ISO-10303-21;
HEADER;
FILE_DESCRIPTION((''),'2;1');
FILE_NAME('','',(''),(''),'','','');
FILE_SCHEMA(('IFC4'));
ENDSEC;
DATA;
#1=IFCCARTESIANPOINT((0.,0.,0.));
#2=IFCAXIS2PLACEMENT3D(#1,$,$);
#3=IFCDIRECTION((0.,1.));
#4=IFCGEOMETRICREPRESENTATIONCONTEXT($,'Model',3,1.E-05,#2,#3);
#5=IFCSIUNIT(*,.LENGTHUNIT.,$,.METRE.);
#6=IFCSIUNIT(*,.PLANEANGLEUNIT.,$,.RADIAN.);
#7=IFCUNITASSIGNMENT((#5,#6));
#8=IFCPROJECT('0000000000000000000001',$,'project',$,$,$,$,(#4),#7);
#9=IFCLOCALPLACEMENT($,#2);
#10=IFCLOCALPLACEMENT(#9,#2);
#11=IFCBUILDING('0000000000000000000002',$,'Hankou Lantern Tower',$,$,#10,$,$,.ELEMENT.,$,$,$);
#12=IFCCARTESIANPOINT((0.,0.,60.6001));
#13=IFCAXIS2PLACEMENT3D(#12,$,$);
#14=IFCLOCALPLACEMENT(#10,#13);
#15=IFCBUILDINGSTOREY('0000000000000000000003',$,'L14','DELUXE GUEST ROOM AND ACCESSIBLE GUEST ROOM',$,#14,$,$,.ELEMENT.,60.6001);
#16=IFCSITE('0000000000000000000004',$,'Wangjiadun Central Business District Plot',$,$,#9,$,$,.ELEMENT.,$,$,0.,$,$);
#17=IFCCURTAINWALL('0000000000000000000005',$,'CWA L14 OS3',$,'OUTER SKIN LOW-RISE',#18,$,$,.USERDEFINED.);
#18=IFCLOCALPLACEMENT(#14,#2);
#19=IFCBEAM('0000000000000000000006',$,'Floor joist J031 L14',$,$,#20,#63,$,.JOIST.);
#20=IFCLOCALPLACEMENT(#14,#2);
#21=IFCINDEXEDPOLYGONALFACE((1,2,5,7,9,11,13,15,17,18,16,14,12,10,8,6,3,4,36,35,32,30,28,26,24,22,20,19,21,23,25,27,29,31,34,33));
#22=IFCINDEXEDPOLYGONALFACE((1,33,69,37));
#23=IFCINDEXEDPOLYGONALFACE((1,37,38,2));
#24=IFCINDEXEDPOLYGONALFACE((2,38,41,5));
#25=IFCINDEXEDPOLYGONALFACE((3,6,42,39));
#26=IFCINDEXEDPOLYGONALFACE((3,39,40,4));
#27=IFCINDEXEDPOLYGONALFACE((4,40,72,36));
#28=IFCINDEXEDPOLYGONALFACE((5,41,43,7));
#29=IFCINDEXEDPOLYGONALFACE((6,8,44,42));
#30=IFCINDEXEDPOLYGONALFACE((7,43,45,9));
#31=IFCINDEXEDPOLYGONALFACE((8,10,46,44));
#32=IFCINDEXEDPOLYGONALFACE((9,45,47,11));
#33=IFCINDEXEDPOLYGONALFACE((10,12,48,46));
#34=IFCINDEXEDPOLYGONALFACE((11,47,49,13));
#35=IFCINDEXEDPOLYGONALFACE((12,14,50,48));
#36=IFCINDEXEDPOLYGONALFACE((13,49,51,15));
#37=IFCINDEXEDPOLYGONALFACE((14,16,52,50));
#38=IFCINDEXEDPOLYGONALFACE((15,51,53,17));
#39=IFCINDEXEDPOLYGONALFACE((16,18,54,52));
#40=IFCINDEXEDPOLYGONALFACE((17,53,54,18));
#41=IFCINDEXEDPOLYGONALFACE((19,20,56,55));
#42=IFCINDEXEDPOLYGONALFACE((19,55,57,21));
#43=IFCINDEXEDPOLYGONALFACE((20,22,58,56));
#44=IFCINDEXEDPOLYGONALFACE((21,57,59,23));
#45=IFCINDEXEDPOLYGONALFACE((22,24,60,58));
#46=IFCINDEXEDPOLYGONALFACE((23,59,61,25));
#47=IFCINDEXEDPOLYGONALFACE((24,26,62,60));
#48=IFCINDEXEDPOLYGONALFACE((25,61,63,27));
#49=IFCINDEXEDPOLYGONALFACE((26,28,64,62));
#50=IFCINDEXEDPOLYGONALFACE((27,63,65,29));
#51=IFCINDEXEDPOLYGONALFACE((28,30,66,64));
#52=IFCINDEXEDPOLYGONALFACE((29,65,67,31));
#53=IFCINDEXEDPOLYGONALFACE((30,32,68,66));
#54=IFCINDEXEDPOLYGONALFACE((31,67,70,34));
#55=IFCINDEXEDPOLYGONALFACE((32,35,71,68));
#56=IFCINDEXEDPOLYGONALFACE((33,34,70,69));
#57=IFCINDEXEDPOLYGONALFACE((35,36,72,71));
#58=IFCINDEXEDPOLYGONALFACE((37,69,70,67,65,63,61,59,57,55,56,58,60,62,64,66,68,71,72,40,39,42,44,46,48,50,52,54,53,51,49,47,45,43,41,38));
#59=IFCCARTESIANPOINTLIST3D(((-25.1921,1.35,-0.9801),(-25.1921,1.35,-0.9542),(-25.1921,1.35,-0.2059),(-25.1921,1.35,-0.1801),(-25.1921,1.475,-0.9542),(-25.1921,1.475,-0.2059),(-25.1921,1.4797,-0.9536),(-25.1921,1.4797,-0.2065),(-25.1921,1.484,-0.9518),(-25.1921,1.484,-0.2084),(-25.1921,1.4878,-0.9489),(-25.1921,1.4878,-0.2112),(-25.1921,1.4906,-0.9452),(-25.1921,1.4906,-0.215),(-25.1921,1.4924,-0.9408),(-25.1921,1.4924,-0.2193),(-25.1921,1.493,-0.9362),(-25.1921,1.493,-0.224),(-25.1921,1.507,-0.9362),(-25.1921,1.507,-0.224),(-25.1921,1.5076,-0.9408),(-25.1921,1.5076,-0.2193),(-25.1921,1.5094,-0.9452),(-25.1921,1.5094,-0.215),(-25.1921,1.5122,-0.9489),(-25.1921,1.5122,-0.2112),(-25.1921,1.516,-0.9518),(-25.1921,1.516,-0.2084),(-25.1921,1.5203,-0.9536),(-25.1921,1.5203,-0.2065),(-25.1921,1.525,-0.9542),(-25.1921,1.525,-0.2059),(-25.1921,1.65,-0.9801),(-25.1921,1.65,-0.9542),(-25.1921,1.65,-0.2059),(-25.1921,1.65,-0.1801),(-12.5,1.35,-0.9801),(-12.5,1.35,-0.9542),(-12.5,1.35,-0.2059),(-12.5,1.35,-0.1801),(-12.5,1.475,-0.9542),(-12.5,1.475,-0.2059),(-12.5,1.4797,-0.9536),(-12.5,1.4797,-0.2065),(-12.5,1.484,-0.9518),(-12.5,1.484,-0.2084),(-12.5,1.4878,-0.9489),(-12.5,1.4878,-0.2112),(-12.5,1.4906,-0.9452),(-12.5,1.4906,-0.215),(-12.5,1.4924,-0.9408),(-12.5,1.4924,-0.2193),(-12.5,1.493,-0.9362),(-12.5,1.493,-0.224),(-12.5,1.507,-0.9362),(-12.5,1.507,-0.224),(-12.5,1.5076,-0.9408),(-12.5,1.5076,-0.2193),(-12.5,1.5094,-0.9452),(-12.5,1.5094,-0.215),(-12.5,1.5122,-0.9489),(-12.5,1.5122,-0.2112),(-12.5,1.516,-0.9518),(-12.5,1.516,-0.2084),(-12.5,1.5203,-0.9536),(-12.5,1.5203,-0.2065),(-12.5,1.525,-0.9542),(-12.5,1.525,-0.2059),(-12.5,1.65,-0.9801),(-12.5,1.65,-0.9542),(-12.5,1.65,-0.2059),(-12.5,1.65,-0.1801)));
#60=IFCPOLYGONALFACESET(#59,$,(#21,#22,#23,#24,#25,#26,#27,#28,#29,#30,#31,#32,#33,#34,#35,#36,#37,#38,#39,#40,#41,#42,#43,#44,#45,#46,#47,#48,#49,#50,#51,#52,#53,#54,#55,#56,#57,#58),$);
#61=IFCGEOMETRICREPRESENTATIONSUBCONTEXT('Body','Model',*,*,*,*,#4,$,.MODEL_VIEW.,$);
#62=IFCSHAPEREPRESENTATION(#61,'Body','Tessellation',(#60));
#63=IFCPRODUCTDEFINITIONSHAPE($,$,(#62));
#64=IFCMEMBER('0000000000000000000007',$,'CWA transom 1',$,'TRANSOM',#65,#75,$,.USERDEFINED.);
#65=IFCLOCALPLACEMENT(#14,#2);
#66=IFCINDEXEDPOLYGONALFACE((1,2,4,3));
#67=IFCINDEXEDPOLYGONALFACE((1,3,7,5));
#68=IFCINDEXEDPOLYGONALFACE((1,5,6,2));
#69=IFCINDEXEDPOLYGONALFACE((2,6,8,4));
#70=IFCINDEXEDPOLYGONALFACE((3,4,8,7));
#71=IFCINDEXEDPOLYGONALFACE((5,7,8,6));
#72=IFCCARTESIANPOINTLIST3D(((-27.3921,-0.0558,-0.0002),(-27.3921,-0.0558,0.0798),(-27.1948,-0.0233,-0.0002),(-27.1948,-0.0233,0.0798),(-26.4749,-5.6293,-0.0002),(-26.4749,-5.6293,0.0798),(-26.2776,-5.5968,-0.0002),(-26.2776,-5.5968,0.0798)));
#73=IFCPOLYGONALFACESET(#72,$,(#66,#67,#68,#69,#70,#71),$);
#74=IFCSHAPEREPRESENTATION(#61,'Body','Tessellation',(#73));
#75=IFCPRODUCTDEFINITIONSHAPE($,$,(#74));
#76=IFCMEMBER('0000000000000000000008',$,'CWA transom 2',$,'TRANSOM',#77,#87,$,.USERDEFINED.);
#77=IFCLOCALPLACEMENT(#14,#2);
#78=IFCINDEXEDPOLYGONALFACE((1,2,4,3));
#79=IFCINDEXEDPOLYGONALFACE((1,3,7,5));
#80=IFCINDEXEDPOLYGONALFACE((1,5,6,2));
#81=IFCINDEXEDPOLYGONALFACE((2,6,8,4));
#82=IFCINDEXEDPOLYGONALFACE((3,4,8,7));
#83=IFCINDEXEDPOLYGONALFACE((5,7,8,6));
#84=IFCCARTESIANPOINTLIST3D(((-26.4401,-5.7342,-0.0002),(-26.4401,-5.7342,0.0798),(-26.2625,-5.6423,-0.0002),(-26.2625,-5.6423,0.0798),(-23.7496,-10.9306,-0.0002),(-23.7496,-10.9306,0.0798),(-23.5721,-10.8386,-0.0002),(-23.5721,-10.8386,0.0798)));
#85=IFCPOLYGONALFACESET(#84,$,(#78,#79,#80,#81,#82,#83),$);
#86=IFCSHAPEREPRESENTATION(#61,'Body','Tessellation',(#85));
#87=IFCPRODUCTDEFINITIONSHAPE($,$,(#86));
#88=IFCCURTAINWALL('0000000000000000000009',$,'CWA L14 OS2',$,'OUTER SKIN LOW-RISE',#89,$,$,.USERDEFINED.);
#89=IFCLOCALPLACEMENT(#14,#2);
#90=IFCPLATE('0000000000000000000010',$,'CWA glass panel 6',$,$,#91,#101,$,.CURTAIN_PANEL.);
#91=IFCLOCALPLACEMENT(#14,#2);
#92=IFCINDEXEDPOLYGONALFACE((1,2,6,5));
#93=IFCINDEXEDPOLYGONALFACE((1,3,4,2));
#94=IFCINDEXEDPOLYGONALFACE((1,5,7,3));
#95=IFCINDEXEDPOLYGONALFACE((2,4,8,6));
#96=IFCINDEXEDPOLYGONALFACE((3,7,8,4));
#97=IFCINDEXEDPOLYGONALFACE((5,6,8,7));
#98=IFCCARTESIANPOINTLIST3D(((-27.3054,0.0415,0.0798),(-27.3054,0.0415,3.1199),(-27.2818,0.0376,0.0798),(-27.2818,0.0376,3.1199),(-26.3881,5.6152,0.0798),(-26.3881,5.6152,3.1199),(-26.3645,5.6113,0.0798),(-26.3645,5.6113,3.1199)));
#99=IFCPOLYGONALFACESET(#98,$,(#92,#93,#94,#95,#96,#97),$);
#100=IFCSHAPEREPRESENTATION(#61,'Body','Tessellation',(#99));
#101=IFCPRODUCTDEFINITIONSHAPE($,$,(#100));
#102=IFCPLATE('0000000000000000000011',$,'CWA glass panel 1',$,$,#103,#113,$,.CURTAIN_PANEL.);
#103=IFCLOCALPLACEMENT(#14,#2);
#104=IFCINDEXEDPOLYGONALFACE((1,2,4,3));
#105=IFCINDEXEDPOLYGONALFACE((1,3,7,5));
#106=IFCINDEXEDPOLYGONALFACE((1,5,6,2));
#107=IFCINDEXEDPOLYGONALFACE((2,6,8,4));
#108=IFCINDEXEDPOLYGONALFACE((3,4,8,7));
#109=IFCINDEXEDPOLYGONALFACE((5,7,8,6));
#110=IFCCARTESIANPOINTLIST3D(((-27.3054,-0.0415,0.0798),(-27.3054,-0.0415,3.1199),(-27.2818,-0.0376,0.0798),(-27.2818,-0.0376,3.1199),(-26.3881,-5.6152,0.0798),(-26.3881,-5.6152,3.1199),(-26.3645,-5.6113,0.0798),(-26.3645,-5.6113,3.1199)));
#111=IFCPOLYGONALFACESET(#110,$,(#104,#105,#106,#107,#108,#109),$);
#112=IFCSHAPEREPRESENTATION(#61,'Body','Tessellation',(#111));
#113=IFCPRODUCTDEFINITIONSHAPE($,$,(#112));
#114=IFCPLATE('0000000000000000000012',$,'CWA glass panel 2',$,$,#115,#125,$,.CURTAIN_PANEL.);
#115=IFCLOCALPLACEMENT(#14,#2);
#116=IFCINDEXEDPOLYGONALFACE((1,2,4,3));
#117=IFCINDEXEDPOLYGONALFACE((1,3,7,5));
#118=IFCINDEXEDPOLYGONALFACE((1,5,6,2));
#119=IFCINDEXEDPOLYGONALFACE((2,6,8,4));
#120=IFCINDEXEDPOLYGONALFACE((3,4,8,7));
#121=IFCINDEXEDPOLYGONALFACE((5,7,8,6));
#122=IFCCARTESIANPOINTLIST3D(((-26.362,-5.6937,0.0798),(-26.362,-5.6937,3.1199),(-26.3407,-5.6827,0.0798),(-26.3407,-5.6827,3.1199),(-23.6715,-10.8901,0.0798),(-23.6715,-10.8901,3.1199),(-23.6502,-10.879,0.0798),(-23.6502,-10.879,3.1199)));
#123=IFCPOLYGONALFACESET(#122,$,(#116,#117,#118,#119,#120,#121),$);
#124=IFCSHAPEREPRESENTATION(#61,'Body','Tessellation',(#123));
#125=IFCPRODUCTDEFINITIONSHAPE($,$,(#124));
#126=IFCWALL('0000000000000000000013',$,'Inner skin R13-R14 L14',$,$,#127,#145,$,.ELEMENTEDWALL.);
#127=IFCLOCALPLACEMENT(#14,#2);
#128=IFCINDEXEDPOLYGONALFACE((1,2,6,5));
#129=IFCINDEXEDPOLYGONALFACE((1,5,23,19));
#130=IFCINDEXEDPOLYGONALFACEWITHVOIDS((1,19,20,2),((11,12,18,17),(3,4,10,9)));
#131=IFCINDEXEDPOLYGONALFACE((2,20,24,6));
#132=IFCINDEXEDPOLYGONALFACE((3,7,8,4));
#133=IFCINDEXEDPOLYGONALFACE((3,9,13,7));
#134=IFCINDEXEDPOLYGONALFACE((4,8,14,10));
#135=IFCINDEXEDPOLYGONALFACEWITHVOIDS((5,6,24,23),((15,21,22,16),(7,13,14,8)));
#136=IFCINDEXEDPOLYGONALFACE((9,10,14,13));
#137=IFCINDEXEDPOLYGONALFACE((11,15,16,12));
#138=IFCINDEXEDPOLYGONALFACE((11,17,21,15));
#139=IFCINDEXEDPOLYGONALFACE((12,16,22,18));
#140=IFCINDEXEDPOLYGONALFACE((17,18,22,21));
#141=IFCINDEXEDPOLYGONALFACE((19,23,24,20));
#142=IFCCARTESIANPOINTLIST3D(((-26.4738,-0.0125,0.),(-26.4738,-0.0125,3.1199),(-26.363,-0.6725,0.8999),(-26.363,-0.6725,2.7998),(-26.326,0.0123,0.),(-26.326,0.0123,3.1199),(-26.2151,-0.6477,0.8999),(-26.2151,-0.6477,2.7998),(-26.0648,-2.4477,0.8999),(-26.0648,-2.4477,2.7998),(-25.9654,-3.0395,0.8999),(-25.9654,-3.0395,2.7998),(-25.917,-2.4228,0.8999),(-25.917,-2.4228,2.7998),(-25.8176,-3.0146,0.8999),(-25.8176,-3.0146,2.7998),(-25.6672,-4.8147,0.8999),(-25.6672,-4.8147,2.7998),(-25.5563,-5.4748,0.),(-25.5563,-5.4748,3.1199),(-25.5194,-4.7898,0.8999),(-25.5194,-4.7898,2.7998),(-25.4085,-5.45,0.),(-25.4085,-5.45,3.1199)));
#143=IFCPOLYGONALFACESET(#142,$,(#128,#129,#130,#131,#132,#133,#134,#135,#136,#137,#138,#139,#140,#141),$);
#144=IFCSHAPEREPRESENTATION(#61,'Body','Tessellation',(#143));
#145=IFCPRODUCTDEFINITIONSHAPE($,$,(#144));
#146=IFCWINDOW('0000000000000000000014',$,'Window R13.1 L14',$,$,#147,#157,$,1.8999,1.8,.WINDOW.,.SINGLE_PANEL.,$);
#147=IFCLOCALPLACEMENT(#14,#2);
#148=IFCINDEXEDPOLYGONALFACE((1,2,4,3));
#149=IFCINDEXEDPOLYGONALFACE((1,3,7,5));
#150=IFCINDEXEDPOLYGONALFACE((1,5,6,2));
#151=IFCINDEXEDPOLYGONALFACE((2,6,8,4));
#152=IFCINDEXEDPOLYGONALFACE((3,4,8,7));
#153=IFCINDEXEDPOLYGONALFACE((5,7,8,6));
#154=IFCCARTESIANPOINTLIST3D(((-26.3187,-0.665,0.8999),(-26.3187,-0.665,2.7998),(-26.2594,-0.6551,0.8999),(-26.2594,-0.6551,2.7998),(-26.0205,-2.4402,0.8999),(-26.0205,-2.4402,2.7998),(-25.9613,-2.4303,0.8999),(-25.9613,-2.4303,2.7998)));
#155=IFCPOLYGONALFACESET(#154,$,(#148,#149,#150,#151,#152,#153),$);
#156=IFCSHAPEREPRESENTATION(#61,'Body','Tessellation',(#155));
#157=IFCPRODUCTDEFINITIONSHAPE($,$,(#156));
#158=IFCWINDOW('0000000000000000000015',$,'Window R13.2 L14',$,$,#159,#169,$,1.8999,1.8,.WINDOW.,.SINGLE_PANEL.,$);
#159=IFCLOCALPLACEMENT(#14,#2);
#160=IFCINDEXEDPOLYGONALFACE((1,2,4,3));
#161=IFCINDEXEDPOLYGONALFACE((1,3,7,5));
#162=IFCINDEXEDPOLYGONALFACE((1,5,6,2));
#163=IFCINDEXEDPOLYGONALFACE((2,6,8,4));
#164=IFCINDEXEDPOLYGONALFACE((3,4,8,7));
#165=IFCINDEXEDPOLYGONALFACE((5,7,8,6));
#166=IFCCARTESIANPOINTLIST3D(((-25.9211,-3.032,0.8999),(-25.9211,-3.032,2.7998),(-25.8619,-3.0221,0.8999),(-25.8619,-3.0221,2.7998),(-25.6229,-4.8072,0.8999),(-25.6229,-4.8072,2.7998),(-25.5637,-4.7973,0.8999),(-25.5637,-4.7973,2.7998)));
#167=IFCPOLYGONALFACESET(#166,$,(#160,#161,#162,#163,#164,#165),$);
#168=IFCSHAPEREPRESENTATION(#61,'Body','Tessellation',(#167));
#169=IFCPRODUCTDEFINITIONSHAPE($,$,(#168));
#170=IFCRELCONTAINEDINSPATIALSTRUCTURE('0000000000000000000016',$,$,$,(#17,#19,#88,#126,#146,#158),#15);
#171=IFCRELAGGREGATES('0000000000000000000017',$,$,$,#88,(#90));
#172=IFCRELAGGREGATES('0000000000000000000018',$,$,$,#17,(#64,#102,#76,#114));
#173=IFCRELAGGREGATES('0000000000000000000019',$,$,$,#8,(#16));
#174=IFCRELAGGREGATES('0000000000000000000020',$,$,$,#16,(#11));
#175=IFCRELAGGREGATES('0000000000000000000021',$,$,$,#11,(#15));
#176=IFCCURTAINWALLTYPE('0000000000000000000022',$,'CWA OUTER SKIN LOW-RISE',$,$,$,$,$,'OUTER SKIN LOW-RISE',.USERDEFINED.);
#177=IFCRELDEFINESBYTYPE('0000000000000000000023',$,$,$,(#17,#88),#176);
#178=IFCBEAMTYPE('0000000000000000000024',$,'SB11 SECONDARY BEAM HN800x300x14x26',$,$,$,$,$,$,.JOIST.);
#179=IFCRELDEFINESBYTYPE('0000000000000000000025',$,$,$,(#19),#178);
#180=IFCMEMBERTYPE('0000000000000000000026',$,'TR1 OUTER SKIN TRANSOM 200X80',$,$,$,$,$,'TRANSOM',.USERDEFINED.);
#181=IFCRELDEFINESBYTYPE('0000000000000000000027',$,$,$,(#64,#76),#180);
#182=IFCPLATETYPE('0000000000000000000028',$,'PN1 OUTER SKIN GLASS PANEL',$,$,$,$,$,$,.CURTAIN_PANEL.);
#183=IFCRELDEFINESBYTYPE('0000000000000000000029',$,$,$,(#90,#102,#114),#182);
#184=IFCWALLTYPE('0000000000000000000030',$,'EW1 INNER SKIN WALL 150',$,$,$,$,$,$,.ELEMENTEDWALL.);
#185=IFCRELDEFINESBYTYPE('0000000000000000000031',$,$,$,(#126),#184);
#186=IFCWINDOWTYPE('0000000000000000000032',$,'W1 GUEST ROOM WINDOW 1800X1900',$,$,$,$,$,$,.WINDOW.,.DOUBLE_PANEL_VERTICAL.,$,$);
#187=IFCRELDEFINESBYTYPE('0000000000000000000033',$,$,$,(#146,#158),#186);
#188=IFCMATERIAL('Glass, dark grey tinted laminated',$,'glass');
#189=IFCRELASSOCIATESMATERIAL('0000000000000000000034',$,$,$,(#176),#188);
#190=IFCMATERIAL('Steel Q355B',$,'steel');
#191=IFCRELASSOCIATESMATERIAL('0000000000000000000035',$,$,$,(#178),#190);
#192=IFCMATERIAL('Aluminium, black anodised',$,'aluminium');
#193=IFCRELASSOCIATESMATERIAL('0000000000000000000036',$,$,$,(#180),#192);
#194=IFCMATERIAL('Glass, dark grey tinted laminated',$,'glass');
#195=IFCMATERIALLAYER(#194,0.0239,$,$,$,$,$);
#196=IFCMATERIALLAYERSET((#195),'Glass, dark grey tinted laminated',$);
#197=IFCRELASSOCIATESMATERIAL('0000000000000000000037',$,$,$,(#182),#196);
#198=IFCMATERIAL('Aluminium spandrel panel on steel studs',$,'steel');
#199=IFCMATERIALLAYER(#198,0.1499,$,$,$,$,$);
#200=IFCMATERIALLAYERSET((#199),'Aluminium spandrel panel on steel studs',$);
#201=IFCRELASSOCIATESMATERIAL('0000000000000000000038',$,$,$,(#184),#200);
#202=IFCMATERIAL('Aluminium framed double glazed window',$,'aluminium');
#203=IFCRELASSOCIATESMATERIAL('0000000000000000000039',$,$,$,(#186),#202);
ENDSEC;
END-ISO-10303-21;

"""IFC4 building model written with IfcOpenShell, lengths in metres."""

from ifc_helpers import new_model, si_unit, direction, frame, frame_2d, origin, origin_2d, place, context, subcontext, project, spatial, rectangle, i_section, extrude, material, layer, layer_set, material_profile, profile_set, type_object, element, fill, aggregate, save


model = new_model("IFC4")

# Units and contexts
model_context = context("Model", 3, precision=1e-05, world=origin(), true_north=direction((0.0, 1.0)))
body_context = subcontext(model_context, "Body", "Model", "MODEL_VIEW")
ifc_project = project(units=[si_unit("LENGTHUNIT", "METRE"), si_unit("PLANEANGLEUNIT", "RADIAN")], contexts=[model_context])

# Site, building, storey
site_placement = place(None, origin())
site = spatial("IfcSite", under=ifc_project, at=site_placement, Name="Wangjiadun Central Business District Plot", CompositionType="ELEMENT", RefElevation=0.0)
building_placement = place(site_placement, origin())
building = spatial("IfcBuilding", under=site, at=building_placement, Name="Hankou Lantern Tower", CompositionType="ELEMENT")
storey_placement = place(building_placement, frame((0.0, 0.0, 60.6001)))
storey = spatial("IfcBuildingStorey", under=building, at=storey_placement, Name="L14", Description="DELUXE GUEST ROOM AND ACCESSIBLE GUEST ROOM", CompositionType="ELEMENT", Elevation=60.6001)

# Curtain wall
ifc_material_1 = material(Name="Glass, dark grey tinted laminated", Category="glass")
curtain_wall_type = type_object("IfcCurtainWallType", Name="CWA OUTER SKIN LOW-RISE", ElementType="OUTER SKIN LOW-RISE", PredefinedType="USERDEFINED", material=ifc_material_1)
curtain_wall_1_placement = place(storey_placement, origin())
curtain_wall_1 = element("IfcCurtainWall", 1, at=curtain_wall_1_placement, inside=storey, type_object=curtain_wall_type, Name="CWA L14 OS3", ObjectType="OUTER SKIN LOW-RISE", PredefinedType="USERDEFINED")

# Beam
ifc_material_2 = material(Name="Steel Q355B", Category="steel")
ifc_material_profile_1 = material_profile(ifc_material_2, i_section(OverallWidth=0.3, OverallDepth=0.8, WebThickness=0.0139, FlangeThickness=0.0259, FilletRadius=0.0181, at=origin_2d()), Name="HN800x300x14x26")
ifc_profile_set_1 = profile_set([ifc_material_profile_1], Name="Steel Q355B")
beam_type_1 = type_object("IfcBeamType", Name="SB11 SECONDARY BEAM HN800x300x14x26", PredefinedType="JOIST", material=ifc_profile_set_1)
for number, where, z_axis, x_axis, name in (
    (2, (-25.1921, 1.5, -0.5801), (1.0, 0.0, 0.0), (0.0, 1.0, 0.0), "Floor joist J031 L14"),
):
    element("IfcBeam", number, at=place(storey_placement, frame(where, z_axis=z_axis, x_axis=x_axis)), inside=storey, type_object=beam_type_1, Name=name, PredefinedType="JOIST", context=body_context, shape_type="SweptSolid", body=[
        extrude(i_section(OverallWidth=0.3, OverallDepth=0.8, WebThickness=0.0139, FlangeThickness=0.0259, FilletRadius=0.0181, at=origin_2d()), origin(), (0.0, 0.0, 1.0), 12.6921),
    ])

# Members
ifc_material_3 = material(Name="Aluminium, black anodised", Category="aluminium")
ifc_material_profile_2 = material_profile(ifc_material_3, rectangle(XDim=0.2, YDim=0.0801, at=origin_2d()), Name="TR1 200X80")
ifc_profile_set_2 = profile_set([ifc_material_profile_2], Name="Aluminium, black anodised")
member_type_1 = type_object("IfcMemberType", Name="TR1 OUTER SKIN TRANSOM 200X80", ElementType="TRANSOM", PredefinedType="USERDEFINED", material=ifc_profile_set_2)
member_1_placement = place(storey_placement, frame((-27.2935, -0.0396, 0.0398), z_axis=(0.162387, -0.986727, 0.0), x_axis=(0.986727, 0.162387, 0.0)))
member_1 = element("IfcMember", 3, at=member_1_placement, type_object=member_type_1, Name="CWA transom 1", ObjectType="TRANSOM", PredefinedType="USERDEFINED", context=body_context, shape_type="SweptSolid", body=[
    extrude(rectangle(XDim=0.2, YDim=0.0801, at=origin_2d()), origin(), (0.0, 0.0, 1.0), 5.6484),
])
member_2_placement = place(storey_placement, frame((-26.3513, -5.6882, 0.0398), z_axis=(0.459786, -0.88803, 0.0), x_axis=(0.88803, 0.459786, 0.0)))
member_2 = element("IfcMember", 4, at=member_2_placement, type_object=member_type_1, Name="CWA transom 2", ObjectType="TRANSOM", PredefinedType="USERDEFINED", context=body_context, shape_type="SweptSolid", body=[
    extrude(rectangle(XDim=0.2, YDim=0.0801, at=origin_2d()), origin(), (0.0, 0.0, 1.0), 5.8516),
])

# Curtain wall, plate
curtain_wall_2_placement = place(storey_placement, origin())
curtain_wall_2 = element("IfcCurtainWall", 5, at=curtain_wall_2_placement, inside=storey, type_object=curtain_wall_type, Name="CWA L14 OS2", ObjectType="OUTER SKIN LOW-RISE", PredefinedType="USERDEFINED")
ifc_material_4 = material(Name="Glass, dark grey tinted laminated", Category="glass")
ifc_layer_1 = layer(ifc_material_4, 0.0239)
ifc_layer_set_1 = layer_set([ifc_layer_1], Name="Glass, dark grey tinted laminated")
plate_type = type_object("IfcPlateType", Name="PN1 OUTER SKIN GLASS PANEL", PredefinedType="CURTAIN_PANEL", material=ifc_layer_set_1)
plate_1_placement = place(storey_placement, frame((-26.835, 2.8264, 0.0798), z_axis=(0.0, 0.0, 1.0), x_axis=(-0.162382, -0.986728, 0.0)))
plate_1 = element("IfcPlate", 6, at=plate_1_placement, type_object=plate_type, Name="CWA glass panel 6", PredefinedType="CURTAIN_PANEL", context=body_context, shape_type="SweptSolid", body=[
    extrude(rectangle(XDim=5.6487, YDim=0.0239, at=origin_2d()), origin(), (0.0, 0.0, 1.0), 3.04),
])
aggregate(curtain_wall_2, [plate_1])

# Plates
plate_2_placement = place(storey_placement, frame((-26.835, -2.8264, 0.0798), z_axis=(0.0, 0.0, 1.0), x_axis=(0.162382, -0.986728, 0.0)))
plate_2 = element("IfcPlate", 7, at=plate_2_placement, type_object=plate_type, Name="CWA glass panel 1", PredefinedType="CURTAIN_PANEL", context=body_context, shape_type="SweptSolid", body=[
    extrude(rectangle(XDim=5.6487, YDim=0.0239, at=origin_2d()), origin(), (0.0, 0.0, 1.0), 3.04),
])
plate_3_placement = place(storey_placement, frame((-25.0061, -8.2864, 0.0798), z_axis=(0.0, 0.0, 1.0), x_axis=(0.459791, -0.888027, 0.0)))
plate_3 = element("IfcPlate", 8, at=plate_3_placement, type_object=plate_type, Name="CWA glass panel 2", PredefinedType="CURTAIN_PANEL", context=body_context, shape_type="SweptSolid", body=[
    extrude(rectangle(XDim=5.8516, YDim=0.0239, at=origin_2d()), origin(), (0.0, 0.0, 1.0), 3.04),
])
aggregate(curtain_wall_1, [member_1, plate_2, member_2, plate_3])

# Wall, openings, windows
ifc_material_5 = material(Name="Aluminium spandrel panel on steel studs", Category="steel")
ifc_layer_2 = layer(ifc_material_5, 0.1499)
ifc_layer_set_2 = layer_set([ifc_layer_2], Name="Aluminium spandrel panel on steel studs")
wall_type = type_object("IfcWallType", Name="EW1 INNER SKIN WALL 150", PredefinedType="ELEMENTEDWALL", material=ifc_layer_set_2)
wall_1_placement = place(storey_placement, frame((-26.3999, 0.0, 0.0), z_axis=(0.0, 0.0, 1.0), x_axis=(0.165643, -0.986186, 0.0)))
wall_1 = element("IfcWall", 9, at=wall_1_placement, inside=storey, type_object=wall_type, Name="Inner skin R13-R14 L14", PredefinedType="ELEMENTEDWALL", context=body_context, shape_type="SweptSolid", body=[
    extrude(rectangle(XDim=5.5388, YDim=0.1499, at=frame_2d((2.7695, 0.0))), origin(), (0.0, 0.0, 1.0), 3.1199),
])
opening_1_placement = place(wall_1_placement, frame((0.6694, 0.0, 0.8999)))
opening_1 = element("IfcOpeningElement", 10, at=opening_1_placement, cuts=wall_1, PredefinedType="OPENING", context=body_context, shape_type="SweptSolid", body=[
    extrude(rectangle(XDim=1.8, YDim=1.8999, at=frame_2d((0.8999, 0.95))), frame((0.0, 0.085, 0.0), z_axis=(0.0, -1.0, 0.0), x_axis=(1.0, 0.0, 0.0)), (0.0, 0.0, 1.0), 0.1699),
])
opening_2_placement = place(wall_1_placement, frame((3.0696, 0.0, 0.8999)))
opening_2 = element("IfcOpeningElement", 11, at=opening_2_placement, cuts=wall_1, PredefinedType="OPENING", context=body_context, shape_type="SweptSolid", body=[
    extrude(rectangle(XDim=1.8, YDim=1.8999, at=frame_2d((0.8999, 0.95))), frame((0.0, 0.085, 0.0), z_axis=(0.0, -1.0, 0.0), x_axis=(1.0, 0.0, 0.0)), (0.0, 0.0, 1.0), 0.1699),
])
ifc_material_6 = material(Name="Aluminium framed double glazed window", Category="aluminium")
window_type = type_object("IfcWindowType", Name="W1 GUEST ROOM WINDOW 1800X1900", PartitioningType="DOUBLE_PANEL_VERTICAL", PredefinedType="WINDOW", material=ifc_material_6)
window_1_placement = place(opening_1_placement, origin())
window_1 = element("IfcWindow", 12, at=window_1_placement, inside=storey, type_object=window_type, Name="Window R13.1 L14", OverallHeight=1.8999, OverallWidth=1.8, PartitioningType="SINGLE_PANEL", PredefinedType="WINDOW", context=body_context, shape_type="SweptSolid", body=[
    extrude(rectangle(XDim=1.8, YDim=1.8999, at=frame_2d((0.8999, 0.95))), frame((0.0, 0.03, 0.0), z_axis=(0.0, -1.0, 0.0), x_axis=(1.0, 0.0, 0.0)), (0.0, 0.0, 1.0), 0.0601),
])
fill(opening_1, window_1)
window_2_placement = place(opening_2_placement, origin())
window_2 = element("IfcWindow", 13, at=window_2_placement, inside=storey, type_object=window_type, Name="Window R13.2 L14", OverallHeight=1.8999, OverallWidth=1.8, PartitioningType="SINGLE_PANEL", PredefinedType="WINDOW", context=body_context, shape_type="SweptSolid", body=[
    extrude(rectangle(XDim=1.8, YDim=1.8999, at=frame_2d((0.8999, 0.95))), frame((0.0, 0.03, 0.0), z_axis=(0.0, -1.0, 0.0), x_axis=(1.0, 0.0, 0.0)), (0.0, 0.0, 1.0), 0.0601),
])
fill(opening_2, window_2)

save(model, "model.ifc")
